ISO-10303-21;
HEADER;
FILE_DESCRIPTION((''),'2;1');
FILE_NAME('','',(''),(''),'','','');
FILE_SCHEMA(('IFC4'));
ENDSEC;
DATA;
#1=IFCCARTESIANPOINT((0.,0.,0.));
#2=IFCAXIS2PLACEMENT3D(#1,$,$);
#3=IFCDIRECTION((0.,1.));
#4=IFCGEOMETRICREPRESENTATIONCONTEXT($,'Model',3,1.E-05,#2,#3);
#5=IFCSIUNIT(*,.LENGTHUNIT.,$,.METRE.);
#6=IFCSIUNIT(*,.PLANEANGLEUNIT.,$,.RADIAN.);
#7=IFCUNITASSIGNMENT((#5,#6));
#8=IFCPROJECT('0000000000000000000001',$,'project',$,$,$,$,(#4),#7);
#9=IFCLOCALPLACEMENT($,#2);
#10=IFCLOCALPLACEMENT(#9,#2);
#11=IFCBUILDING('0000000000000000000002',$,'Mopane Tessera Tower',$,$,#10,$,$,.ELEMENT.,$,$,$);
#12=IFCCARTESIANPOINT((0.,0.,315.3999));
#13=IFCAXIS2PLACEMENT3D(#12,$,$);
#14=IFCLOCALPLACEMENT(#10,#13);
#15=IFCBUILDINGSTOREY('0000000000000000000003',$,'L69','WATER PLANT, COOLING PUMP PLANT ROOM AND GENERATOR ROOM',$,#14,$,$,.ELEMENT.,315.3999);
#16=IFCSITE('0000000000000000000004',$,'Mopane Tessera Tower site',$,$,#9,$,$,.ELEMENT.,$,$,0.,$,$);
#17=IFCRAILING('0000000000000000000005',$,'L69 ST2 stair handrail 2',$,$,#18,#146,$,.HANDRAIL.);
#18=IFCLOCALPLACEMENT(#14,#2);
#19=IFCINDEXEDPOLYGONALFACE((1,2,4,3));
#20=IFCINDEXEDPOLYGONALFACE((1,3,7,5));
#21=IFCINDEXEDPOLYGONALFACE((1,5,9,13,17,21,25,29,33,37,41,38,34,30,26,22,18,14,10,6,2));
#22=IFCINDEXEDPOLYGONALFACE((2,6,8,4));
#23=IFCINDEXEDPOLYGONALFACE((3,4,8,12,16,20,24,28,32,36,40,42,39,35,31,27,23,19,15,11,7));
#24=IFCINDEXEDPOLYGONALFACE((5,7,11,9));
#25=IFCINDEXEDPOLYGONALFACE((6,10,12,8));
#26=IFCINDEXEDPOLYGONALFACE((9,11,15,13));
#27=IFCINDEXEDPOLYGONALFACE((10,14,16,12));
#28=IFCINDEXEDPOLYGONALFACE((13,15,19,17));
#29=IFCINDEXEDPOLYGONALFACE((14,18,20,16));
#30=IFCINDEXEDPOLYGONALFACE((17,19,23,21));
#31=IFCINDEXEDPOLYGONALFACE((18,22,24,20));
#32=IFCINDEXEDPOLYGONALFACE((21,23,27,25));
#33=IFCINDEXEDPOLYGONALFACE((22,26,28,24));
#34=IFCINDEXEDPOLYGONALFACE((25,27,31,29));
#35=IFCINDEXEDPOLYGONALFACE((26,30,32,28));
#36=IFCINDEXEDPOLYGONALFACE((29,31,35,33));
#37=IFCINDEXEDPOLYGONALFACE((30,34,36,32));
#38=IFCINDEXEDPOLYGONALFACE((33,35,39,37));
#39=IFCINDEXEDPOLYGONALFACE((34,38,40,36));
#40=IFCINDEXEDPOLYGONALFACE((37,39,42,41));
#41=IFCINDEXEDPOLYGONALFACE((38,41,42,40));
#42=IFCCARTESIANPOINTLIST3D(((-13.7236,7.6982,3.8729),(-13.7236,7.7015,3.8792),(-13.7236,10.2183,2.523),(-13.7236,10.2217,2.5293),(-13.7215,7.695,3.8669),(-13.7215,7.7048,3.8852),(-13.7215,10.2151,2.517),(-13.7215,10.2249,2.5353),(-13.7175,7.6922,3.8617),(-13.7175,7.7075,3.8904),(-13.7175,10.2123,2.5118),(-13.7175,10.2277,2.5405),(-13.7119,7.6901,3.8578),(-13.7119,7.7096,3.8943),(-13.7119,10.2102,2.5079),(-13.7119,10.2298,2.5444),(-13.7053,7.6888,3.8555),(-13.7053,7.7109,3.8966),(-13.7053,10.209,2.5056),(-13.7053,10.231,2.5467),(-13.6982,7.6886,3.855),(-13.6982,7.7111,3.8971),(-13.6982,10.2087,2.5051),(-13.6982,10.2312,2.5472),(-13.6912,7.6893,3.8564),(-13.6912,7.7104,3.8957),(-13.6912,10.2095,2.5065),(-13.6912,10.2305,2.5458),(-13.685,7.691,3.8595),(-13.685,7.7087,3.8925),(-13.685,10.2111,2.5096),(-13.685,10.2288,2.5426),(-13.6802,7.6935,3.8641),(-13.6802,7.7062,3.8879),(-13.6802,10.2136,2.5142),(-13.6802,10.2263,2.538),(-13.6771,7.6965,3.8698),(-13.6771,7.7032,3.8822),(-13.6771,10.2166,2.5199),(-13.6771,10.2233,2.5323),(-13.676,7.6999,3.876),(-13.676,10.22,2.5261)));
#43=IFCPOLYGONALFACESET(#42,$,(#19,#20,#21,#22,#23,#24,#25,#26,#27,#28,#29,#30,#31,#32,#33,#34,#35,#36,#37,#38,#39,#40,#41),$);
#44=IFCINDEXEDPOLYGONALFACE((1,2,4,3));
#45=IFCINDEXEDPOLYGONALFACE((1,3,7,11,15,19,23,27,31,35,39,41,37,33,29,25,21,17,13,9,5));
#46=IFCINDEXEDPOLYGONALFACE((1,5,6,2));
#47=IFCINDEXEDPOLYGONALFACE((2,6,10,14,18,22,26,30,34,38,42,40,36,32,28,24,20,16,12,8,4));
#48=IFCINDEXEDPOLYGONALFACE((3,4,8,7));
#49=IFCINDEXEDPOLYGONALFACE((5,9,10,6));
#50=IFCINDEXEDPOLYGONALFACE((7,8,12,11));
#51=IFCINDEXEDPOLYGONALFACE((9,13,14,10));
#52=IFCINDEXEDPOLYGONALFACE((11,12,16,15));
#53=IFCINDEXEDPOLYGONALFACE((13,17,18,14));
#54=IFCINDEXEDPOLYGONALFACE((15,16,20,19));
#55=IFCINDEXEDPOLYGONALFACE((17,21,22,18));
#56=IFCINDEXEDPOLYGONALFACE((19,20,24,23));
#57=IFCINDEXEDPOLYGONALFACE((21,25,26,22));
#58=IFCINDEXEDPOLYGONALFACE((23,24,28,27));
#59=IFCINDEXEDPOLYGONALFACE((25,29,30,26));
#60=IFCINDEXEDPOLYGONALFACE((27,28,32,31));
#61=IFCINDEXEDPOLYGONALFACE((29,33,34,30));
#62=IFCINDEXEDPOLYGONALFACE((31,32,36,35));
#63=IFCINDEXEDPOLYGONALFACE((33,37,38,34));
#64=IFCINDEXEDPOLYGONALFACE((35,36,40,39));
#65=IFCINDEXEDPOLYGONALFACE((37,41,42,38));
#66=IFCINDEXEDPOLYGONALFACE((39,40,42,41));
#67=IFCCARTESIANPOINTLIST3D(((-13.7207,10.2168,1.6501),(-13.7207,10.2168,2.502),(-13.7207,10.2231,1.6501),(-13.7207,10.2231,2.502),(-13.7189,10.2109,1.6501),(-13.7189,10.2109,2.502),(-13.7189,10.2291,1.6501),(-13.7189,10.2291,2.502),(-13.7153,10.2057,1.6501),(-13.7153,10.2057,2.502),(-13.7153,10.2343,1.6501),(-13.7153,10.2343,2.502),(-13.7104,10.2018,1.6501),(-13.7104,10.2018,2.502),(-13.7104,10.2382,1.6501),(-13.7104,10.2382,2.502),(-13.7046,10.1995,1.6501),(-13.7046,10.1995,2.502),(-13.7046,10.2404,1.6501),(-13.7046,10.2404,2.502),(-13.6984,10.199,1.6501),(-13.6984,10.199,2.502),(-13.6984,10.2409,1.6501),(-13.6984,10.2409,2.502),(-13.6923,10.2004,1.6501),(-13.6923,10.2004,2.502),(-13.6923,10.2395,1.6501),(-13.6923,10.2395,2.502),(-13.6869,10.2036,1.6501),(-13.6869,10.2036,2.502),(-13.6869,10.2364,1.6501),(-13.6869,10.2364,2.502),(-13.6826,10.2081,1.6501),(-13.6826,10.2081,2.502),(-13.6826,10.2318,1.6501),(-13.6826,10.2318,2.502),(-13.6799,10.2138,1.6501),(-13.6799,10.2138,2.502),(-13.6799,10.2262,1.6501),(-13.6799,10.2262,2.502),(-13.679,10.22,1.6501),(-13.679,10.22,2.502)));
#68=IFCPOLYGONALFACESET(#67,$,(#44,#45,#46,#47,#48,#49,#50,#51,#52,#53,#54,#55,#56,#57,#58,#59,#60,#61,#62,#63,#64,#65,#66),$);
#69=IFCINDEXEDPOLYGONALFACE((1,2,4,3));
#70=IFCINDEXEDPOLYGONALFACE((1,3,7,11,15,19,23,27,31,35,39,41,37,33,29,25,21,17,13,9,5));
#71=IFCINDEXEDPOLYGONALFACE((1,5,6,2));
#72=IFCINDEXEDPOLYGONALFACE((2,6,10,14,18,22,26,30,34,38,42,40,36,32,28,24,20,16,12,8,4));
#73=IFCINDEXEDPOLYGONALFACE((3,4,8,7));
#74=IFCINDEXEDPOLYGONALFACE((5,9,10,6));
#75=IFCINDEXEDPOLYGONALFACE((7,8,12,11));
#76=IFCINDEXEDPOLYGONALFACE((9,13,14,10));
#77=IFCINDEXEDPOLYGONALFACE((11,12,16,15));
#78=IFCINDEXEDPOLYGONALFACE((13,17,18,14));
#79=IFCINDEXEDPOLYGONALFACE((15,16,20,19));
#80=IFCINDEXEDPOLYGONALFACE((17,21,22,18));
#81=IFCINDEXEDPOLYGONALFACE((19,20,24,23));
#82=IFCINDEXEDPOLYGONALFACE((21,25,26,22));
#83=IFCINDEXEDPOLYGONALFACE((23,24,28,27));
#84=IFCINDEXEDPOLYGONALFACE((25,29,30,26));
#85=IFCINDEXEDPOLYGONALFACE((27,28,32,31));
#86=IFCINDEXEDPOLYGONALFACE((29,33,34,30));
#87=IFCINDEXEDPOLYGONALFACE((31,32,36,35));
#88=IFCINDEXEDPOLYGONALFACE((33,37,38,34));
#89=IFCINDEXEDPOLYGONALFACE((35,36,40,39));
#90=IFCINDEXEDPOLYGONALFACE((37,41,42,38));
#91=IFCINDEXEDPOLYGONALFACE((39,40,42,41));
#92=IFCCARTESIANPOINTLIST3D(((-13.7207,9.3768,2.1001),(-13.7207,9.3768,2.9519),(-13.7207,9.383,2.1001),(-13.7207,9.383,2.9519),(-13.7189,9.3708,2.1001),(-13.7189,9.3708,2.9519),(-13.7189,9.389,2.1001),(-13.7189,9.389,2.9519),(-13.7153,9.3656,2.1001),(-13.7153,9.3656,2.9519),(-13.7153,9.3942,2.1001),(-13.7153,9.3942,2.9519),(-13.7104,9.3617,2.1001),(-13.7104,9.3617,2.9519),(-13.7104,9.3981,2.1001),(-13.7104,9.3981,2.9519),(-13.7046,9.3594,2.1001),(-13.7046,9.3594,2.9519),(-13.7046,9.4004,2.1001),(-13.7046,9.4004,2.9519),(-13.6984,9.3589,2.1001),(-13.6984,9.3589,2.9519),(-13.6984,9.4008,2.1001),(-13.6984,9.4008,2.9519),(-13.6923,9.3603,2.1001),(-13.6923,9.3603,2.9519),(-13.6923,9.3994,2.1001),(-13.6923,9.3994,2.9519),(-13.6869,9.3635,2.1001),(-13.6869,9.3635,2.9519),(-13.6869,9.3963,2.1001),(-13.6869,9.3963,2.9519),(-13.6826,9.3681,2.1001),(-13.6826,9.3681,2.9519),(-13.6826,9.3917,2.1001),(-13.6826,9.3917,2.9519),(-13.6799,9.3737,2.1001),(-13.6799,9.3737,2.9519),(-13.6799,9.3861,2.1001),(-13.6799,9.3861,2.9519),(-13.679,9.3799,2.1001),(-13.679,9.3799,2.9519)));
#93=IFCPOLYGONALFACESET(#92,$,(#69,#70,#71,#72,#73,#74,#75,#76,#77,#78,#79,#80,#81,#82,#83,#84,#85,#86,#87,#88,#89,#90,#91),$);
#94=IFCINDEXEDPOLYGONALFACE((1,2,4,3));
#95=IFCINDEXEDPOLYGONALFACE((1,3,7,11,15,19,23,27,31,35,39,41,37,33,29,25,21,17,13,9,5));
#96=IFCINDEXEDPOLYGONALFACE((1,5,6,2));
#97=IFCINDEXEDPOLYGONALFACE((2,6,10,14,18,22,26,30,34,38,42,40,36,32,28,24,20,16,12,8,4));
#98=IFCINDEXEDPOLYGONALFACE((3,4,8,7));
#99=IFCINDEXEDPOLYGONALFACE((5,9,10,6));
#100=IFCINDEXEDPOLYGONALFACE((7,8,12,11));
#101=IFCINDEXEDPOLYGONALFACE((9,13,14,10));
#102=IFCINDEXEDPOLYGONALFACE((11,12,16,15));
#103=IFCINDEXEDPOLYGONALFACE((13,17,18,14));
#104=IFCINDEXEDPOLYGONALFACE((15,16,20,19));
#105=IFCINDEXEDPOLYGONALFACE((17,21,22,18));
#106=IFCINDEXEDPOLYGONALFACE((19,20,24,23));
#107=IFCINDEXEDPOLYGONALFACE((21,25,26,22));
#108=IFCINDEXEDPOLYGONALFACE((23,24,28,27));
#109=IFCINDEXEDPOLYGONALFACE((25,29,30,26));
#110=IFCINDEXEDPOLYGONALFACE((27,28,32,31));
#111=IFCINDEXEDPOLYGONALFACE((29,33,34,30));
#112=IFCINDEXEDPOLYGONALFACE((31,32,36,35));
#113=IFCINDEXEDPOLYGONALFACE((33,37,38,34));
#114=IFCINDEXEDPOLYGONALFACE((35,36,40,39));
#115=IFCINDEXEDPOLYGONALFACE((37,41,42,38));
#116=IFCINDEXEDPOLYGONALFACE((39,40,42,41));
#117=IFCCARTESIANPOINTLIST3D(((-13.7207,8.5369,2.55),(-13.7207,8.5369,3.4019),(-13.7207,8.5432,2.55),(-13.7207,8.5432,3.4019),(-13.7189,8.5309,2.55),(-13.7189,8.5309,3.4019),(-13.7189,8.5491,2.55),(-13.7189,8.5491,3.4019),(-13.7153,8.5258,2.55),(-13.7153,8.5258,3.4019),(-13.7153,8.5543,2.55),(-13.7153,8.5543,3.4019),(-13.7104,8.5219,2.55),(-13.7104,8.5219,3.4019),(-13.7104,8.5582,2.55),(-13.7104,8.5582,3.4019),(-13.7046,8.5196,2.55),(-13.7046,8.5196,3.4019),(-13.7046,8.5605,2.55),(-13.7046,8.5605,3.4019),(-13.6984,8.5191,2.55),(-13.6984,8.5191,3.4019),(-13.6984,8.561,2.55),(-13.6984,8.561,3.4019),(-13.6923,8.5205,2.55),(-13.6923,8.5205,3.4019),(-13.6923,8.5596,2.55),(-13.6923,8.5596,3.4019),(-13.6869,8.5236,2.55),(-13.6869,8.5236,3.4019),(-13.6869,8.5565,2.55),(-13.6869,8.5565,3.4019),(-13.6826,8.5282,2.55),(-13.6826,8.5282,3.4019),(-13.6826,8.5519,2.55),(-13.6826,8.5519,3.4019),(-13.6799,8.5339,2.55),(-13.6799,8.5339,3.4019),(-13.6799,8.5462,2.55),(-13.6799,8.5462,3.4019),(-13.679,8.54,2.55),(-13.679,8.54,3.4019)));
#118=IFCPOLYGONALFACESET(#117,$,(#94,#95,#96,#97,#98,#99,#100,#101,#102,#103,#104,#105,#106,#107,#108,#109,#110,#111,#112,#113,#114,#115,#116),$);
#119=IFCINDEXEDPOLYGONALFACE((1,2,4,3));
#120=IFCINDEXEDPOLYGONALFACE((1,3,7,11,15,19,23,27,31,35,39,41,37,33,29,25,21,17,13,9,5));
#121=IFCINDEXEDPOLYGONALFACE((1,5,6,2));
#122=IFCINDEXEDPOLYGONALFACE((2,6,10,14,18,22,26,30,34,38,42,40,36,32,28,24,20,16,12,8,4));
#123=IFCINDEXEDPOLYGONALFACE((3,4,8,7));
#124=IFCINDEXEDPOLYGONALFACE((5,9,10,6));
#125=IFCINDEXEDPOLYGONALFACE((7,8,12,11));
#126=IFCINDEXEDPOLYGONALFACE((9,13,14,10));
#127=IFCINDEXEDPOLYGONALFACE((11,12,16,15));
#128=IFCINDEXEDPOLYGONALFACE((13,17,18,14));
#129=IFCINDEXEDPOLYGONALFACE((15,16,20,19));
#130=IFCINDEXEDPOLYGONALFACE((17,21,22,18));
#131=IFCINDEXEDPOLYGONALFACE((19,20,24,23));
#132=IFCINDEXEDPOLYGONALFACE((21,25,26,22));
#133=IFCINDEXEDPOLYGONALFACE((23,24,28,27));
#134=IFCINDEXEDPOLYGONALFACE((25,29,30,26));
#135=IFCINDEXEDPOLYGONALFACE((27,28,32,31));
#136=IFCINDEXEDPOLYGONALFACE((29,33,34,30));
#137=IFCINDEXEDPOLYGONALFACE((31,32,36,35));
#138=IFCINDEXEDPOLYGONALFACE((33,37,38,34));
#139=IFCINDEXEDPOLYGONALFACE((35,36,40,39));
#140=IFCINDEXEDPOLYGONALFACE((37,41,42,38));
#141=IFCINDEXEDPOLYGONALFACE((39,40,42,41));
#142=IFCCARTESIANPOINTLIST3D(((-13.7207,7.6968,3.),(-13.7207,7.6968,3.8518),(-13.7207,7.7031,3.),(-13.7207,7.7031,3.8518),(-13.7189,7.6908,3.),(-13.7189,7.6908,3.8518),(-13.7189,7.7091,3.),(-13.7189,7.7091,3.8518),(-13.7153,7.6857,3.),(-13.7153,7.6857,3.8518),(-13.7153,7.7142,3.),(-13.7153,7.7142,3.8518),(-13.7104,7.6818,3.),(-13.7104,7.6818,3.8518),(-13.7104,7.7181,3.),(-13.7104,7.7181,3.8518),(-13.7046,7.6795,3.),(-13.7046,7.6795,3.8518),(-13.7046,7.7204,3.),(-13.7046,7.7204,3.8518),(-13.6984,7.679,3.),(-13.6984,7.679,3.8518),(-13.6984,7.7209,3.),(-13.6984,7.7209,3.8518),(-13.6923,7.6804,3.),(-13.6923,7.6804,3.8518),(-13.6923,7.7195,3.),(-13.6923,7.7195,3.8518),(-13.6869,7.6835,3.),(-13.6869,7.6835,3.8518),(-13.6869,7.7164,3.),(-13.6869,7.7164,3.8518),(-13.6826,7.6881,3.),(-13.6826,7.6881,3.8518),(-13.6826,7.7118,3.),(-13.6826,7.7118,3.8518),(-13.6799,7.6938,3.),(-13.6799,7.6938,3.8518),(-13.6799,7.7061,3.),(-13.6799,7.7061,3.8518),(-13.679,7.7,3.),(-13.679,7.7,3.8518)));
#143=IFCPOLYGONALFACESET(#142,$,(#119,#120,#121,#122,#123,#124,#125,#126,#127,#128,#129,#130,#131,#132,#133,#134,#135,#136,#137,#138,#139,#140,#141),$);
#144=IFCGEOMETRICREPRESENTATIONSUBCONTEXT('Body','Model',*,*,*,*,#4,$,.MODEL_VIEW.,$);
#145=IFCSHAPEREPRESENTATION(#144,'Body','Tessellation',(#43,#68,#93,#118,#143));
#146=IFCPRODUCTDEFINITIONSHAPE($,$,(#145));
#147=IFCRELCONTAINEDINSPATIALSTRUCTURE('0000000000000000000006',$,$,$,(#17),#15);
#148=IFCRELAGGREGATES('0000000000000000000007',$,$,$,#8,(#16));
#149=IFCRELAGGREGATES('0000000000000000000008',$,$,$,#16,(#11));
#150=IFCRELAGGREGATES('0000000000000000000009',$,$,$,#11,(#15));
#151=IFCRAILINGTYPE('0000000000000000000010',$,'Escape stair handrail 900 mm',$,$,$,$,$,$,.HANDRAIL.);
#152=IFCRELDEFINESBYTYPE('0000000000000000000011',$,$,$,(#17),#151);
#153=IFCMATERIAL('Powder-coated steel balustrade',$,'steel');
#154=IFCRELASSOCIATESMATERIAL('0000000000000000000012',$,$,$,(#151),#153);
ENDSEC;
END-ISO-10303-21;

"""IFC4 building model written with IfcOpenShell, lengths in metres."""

from ifc_helpers import new_model, si_unit, direction, frame, origin, origin_2d, place, context, subcontext, project, spatial, circle, extrude, material, type_object, element, save


model = new_model("IFC4")

# Units and contexts
model_context = context("Model", 3, precision=1e-05, world=origin(), true_north=direction((0.0, 1.0)))
body_context = subcontext(model_context, "Body", "Model", "MODEL_VIEW")
ifc_project = project(units=[si_unit("LENGTHUNIT", "METRE"), si_unit("PLANEANGLEUNIT", "RADIAN")], contexts=[model_context])

# Site, building, storey
site_placement = place(None, origin())
site = spatial("IfcSite", under=ifc_project, at=site_placement, Name="Mopane Tessera Tower site", CompositionType="ELEMENT", RefElevation=0.0)
building_placement = place(site_placement, origin())
building = spatial("IfcBuilding", under=site, at=building_placement, Name="Mopane Tessera Tower", CompositionType="ELEMENT")
storey_placement = place(building_placement, frame((0.0, 0.0, 315.3999)))
storey = spatial("IfcBuildingStorey", under=building, at=storey_placement, Name="L69", Description="WATER PLANT, COOLING PUMP PLANT ROOM AND GENERATOR ROOM", CompositionType="ELEMENT", Elevation=315.3999)

# Railing
ifc_material_1 = material(Name="Powder-coated steel balustrade", Category="steel")
railing_type_1 = type_object("IfcRailingType", Name="Escape stair handrail 900 mm", PredefinedType="HANDRAIL", material=ifc_material_1)
for number, where, name in (
    (1, (-13.7, 10.22, 1.6501), "L69 ST2 stair handrail 2"),
):
    element("IfcRailing", number, at=place(storey_placement, frame(where)), inside=storey, type_object=railing_type_1, Name=name, PredefinedType="HANDRAIL", context=body_context, shape_type="SweptSolid", body=[
        extrude(circle(Radius=0.0239, at=origin_2d()), frame((0.0, 0.0, 0.876), z_axis=(0.0, -0.881503, 0.472179), x_axis=(1.0, 0.0, 0.0)), (0.0, 0.0, 1.0), 2.8589),
        extrude(circle(Radius=0.021, at=origin_2d()), origin(), (0.0, 0.0, 1.0), 0.8518),
        extrude(circle(Radius=0.021, at=origin_2d()), frame((0.0, -0.8401, 0.45)), (0.0, 0.0, 1.0), 0.8518),
        extrude(circle(Radius=0.021, at=origin_2d()), frame((0.0, -1.6799, 0.8999)), (0.0, 0.0, 1.0), 0.8518),
        extrude(circle(Radius=0.021, at=origin_2d()), frame((0.0, -2.52, 1.3499)), (0.0, 0.0, 1.0), 0.8518),
    ])

save(model, "model.ifc")
